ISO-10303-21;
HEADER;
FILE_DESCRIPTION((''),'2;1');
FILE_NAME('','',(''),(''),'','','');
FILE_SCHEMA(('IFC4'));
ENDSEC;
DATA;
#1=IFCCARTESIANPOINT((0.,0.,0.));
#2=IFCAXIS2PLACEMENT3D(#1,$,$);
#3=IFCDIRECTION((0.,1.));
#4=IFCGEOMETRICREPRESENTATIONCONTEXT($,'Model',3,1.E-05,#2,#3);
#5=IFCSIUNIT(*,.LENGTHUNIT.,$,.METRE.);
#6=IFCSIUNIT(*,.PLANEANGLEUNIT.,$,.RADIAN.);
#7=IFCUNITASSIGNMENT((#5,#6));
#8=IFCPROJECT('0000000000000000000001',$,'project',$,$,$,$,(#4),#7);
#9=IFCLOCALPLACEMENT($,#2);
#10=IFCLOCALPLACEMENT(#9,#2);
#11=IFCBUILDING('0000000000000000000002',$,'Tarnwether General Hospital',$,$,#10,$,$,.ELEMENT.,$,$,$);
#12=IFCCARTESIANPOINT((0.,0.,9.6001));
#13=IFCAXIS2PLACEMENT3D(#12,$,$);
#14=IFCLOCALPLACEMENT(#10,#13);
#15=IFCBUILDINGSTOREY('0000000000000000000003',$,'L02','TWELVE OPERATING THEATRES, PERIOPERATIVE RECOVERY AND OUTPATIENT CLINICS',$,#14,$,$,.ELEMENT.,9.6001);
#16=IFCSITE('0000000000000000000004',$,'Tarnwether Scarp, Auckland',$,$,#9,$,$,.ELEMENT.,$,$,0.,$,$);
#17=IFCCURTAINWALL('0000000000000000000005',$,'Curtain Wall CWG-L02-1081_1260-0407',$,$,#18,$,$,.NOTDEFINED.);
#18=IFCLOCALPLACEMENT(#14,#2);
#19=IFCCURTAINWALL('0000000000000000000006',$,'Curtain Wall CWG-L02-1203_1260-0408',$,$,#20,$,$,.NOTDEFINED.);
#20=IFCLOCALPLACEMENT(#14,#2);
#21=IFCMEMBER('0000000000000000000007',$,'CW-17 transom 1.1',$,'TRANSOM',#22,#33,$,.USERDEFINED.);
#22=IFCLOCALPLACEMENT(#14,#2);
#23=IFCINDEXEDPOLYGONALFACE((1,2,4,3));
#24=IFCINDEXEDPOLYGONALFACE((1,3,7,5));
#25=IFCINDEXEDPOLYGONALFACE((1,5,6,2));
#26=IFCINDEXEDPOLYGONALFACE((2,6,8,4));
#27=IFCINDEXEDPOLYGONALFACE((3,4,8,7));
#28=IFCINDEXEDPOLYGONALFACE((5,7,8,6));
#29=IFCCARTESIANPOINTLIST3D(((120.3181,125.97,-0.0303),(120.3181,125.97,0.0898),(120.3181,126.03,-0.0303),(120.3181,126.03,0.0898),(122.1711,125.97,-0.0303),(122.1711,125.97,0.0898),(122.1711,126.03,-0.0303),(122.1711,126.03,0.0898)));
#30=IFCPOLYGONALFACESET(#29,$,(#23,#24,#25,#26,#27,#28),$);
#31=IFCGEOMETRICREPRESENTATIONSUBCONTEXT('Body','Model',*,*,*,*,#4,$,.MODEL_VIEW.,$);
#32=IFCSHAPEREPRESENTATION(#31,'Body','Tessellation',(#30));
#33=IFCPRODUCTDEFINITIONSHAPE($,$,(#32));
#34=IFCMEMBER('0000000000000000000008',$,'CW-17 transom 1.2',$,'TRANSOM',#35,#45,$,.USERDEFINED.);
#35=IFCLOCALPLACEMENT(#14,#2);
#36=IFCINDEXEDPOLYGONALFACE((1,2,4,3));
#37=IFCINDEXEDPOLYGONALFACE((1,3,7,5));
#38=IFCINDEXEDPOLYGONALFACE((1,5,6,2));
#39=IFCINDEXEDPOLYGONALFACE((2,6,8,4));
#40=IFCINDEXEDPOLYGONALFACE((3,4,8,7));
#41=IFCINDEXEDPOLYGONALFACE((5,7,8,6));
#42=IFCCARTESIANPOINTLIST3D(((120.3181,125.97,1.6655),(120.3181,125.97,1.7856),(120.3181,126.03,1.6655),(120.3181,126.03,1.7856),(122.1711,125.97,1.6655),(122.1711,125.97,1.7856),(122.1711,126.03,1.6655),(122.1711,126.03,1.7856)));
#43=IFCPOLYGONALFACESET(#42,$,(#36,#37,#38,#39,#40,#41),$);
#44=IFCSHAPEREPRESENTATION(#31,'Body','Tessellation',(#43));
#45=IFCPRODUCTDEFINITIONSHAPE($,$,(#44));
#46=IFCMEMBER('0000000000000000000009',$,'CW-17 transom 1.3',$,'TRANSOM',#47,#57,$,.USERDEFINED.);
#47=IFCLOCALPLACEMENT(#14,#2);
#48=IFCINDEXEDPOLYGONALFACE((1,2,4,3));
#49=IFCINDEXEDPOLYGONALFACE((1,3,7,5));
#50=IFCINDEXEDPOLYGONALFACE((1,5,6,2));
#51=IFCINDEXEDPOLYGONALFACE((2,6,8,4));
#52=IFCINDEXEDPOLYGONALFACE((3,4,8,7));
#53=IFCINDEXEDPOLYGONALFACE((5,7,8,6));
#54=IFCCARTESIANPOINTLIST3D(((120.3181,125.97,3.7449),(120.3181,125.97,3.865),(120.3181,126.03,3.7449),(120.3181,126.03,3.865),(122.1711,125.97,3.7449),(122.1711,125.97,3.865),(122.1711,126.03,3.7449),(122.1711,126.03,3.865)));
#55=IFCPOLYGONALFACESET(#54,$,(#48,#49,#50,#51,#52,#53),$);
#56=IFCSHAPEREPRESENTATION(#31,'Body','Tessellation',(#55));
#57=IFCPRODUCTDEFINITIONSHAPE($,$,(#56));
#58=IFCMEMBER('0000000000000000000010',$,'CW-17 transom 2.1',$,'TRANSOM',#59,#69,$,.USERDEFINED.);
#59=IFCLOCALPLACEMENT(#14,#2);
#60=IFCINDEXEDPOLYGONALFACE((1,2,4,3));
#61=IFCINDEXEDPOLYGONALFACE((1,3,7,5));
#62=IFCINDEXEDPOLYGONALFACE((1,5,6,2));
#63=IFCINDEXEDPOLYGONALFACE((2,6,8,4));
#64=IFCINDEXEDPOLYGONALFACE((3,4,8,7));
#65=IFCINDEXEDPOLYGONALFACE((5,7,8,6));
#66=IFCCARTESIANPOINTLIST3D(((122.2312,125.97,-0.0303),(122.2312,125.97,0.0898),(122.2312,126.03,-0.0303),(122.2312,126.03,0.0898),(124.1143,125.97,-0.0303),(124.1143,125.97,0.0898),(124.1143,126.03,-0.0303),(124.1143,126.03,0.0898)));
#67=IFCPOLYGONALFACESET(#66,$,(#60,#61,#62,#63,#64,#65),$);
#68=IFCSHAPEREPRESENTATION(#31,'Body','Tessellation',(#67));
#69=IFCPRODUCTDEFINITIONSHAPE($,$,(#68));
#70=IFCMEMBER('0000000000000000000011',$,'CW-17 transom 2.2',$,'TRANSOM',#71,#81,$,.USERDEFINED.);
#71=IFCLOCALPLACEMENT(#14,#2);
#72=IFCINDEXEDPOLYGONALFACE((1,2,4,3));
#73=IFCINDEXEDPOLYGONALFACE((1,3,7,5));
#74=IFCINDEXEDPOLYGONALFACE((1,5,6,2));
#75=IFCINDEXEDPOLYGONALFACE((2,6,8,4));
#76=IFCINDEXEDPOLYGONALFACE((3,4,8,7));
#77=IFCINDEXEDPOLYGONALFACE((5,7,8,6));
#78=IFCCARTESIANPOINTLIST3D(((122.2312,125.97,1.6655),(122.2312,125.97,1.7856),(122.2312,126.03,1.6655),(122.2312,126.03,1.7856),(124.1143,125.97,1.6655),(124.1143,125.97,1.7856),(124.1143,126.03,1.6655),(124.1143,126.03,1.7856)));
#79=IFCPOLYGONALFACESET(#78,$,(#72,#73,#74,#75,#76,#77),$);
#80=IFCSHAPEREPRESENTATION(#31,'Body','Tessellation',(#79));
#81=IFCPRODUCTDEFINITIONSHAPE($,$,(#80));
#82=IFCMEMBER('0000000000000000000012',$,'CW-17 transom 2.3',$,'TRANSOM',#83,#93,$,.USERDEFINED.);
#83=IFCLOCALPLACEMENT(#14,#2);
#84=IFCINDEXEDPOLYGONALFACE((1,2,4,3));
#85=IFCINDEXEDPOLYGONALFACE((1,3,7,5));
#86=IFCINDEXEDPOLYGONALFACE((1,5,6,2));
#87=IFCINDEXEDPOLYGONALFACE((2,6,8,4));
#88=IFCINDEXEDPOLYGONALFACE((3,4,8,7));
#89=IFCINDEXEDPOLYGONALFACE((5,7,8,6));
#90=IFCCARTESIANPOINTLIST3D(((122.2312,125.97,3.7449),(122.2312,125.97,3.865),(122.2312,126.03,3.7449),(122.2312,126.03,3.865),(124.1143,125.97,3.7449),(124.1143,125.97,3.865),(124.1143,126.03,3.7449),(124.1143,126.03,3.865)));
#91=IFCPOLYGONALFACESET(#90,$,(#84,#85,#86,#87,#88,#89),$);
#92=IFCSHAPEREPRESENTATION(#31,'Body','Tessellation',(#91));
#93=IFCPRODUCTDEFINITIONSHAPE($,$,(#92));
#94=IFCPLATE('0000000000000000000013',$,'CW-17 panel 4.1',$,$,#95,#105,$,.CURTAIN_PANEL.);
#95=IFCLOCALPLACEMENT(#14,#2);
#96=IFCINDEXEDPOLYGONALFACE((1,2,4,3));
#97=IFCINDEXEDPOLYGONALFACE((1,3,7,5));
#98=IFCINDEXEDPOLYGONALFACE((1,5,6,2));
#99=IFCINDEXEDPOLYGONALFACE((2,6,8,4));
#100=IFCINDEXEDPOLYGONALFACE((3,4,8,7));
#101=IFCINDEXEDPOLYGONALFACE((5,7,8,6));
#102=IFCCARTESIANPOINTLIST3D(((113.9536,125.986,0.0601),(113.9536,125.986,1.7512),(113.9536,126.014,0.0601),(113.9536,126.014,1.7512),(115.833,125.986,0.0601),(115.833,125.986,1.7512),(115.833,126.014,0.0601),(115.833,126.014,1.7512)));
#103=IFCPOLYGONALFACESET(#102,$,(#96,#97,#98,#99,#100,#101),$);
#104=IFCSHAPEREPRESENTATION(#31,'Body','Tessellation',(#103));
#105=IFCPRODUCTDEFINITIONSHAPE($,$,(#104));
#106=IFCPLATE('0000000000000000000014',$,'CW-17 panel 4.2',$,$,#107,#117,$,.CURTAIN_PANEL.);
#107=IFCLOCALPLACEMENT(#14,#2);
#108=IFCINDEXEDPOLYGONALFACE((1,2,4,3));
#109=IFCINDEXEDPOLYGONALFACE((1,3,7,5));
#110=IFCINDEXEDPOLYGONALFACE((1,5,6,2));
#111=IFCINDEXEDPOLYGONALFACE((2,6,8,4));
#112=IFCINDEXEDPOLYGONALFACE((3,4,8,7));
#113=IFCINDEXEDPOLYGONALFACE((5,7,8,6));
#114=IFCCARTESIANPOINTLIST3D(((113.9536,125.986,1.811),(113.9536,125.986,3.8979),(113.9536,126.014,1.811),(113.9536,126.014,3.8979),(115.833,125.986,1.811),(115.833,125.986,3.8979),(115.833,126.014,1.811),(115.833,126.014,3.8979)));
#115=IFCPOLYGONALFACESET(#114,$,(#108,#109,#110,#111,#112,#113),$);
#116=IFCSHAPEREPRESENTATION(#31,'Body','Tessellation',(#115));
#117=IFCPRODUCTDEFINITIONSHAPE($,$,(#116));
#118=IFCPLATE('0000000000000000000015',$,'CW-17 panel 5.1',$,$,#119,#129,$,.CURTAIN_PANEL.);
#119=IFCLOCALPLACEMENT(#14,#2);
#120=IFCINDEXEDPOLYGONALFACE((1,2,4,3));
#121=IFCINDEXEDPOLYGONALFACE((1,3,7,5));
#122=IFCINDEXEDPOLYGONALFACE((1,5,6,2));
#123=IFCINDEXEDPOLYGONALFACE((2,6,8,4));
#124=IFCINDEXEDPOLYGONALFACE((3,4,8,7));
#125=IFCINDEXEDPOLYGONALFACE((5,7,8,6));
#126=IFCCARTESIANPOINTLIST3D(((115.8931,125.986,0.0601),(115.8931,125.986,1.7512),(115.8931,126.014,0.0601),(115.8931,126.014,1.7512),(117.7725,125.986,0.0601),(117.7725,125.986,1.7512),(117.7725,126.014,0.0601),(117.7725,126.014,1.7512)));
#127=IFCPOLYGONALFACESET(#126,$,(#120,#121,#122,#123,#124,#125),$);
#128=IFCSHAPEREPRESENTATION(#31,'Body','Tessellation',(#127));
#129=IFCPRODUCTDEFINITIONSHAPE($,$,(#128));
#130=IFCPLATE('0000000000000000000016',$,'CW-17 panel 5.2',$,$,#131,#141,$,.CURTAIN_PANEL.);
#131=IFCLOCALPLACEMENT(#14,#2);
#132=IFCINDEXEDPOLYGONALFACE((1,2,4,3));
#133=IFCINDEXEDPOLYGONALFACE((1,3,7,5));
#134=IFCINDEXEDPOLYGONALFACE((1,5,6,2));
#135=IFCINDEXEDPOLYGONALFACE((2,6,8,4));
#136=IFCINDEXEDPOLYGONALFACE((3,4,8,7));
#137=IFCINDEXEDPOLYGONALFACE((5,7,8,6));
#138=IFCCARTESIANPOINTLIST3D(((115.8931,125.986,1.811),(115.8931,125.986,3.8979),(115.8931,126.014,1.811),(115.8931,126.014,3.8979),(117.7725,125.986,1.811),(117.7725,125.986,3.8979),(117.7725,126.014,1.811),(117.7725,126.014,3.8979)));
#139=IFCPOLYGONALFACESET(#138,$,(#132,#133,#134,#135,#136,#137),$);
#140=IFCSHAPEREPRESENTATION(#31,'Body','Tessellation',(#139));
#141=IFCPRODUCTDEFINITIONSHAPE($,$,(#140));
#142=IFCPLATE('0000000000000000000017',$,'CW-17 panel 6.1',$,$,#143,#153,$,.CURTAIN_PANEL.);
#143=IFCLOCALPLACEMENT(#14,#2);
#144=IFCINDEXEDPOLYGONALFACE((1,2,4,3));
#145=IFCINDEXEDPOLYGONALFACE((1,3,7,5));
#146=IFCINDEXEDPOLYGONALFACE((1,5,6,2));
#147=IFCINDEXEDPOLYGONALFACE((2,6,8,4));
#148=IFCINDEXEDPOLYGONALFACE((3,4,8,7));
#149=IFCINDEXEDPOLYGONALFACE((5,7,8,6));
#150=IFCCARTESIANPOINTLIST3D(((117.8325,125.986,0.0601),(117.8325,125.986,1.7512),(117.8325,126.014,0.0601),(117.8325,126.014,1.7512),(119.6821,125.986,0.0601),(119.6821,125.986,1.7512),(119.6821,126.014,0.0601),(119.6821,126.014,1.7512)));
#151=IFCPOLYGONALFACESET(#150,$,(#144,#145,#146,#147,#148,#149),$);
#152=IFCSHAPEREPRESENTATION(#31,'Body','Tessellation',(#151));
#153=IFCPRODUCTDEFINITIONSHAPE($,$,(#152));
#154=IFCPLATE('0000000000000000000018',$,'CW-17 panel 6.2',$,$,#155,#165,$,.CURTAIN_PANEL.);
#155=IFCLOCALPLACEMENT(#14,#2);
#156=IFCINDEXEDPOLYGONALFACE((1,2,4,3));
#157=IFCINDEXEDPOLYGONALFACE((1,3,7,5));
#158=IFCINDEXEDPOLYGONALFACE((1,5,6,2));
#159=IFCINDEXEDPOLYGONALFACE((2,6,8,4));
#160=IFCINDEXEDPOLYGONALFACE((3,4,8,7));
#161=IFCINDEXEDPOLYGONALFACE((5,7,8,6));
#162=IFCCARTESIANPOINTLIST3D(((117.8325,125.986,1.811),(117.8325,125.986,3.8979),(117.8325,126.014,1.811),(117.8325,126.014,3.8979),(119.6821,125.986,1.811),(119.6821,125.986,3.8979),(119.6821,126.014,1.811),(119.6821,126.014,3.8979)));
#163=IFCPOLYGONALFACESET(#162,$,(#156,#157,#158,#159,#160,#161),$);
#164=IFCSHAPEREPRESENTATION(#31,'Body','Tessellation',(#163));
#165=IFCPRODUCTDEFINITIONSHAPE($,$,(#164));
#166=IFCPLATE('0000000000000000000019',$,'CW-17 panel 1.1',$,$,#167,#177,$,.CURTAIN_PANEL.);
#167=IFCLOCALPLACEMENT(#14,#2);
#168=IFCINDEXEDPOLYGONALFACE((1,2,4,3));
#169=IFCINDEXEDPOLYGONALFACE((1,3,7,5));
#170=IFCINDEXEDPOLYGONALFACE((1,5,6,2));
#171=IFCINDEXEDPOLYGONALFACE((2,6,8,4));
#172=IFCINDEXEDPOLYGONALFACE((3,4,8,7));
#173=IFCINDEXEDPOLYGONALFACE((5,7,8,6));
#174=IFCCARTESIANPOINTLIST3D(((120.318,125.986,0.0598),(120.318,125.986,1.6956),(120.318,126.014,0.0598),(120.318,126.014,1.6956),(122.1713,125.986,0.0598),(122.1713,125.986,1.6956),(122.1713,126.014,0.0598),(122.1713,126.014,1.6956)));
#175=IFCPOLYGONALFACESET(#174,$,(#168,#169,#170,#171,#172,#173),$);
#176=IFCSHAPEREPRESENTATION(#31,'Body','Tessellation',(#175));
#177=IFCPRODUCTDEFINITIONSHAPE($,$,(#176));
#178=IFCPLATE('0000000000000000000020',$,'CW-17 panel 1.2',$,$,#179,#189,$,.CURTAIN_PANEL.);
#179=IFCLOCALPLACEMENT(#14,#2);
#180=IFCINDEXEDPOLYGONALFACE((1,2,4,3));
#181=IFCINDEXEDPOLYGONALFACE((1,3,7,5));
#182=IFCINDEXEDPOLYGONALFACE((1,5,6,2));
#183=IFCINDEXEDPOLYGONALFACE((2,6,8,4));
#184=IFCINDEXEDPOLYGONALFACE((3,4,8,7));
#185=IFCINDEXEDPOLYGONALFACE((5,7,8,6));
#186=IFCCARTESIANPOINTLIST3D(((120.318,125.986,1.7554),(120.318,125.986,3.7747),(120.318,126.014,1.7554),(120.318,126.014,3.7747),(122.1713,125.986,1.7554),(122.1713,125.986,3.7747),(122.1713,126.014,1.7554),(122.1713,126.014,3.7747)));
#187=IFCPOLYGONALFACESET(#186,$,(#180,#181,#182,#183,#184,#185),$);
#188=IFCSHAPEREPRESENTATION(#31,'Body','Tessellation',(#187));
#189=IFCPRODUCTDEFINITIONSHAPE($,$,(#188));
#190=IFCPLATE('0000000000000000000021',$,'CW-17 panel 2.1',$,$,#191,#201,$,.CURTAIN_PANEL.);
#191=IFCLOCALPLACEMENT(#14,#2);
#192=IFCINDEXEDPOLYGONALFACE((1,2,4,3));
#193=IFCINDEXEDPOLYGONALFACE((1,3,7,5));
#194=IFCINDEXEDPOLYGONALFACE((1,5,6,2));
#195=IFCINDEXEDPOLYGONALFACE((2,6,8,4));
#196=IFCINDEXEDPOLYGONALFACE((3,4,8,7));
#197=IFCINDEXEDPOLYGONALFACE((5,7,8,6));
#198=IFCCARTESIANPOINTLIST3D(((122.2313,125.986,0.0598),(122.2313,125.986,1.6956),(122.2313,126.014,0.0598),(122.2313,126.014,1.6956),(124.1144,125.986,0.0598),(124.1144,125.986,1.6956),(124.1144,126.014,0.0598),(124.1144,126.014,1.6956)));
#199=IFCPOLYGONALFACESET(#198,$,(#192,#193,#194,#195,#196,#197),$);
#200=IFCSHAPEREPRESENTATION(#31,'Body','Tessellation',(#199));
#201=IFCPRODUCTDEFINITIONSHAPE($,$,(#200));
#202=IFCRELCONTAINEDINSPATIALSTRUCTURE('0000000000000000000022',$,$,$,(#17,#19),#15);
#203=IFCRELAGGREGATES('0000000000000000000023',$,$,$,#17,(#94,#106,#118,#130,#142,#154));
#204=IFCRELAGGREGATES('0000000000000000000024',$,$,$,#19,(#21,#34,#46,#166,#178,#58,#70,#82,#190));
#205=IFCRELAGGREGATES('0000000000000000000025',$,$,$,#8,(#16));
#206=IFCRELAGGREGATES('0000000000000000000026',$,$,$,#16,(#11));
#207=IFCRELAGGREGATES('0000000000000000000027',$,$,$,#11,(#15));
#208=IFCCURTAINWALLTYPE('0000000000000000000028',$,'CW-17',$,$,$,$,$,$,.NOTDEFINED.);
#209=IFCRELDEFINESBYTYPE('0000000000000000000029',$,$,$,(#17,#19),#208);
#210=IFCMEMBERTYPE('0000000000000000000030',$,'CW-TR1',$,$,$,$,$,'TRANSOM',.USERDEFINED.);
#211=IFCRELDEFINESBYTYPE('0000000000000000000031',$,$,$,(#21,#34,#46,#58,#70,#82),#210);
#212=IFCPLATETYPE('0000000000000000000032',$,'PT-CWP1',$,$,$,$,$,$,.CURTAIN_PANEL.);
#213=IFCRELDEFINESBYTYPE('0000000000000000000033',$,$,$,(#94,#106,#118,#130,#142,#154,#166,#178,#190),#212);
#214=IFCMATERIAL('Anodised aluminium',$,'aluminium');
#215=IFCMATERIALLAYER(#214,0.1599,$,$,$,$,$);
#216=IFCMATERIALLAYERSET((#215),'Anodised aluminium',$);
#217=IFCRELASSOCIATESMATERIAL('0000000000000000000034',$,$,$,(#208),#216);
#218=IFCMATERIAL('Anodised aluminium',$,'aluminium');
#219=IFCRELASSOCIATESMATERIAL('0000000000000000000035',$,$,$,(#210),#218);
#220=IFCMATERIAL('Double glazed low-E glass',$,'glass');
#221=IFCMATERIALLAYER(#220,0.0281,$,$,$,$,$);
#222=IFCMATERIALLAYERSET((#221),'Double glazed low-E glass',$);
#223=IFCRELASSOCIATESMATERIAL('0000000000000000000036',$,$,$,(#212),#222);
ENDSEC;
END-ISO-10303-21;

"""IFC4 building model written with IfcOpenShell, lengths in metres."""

from ifc_helpers import new_model, si_unit, direction, frame, origin, origin_2d, place, context, subcontext, project, spatial, rectangle, extrude, material, layer, layer_set, material_profile, profile_set, type_object, element, aggregate, save


model = new_model("IFC4")

# Units and contexts
model_context = context("Model", 3, precision=1e-05, world=origin(), true_north=direction((0.0, 1.0)))
body_context = subcontext(model_context, "Body", "Model", "MODEL_VIEW")
ifc_project = project(units=[si_unit("LENGTHUNIT", "METRE"), si_unit("PLANEANGLEUNIT", "RADIAN")], contexts=[model_context])

# Site, building, storey
site_placement = place(None, origin())
site = spatial("IfcSite", under=ifc_project, at=site_placement, Name="Tarnwether Scarp, Auckland", CompositionType="ELEMENT", RefElevation=0.0)
building_placement = place(site_placement, origin())
building = spatial("IfcBuilding", under=site, at=building_placement, Name="Tarnwether General Hospital", CompositionType="ELEMENT")
storey_placement = place(building_placement, frame((0.0, 0.0, 9.6001)))
storey = spatial("IfcBuildingStorey", under=building, at=storey_placement, Name="L02", Description="TWELVE OPERATING THEATRES, PERIOPERATIVE RECOVERY AND OUTPATIENT CLINICS", CompositionType="ELEMENT", Elevation=9.6001)

# Curtain walls
ifc_material_1 = material(Name="Anodised aluminium", Category="aluminium")
ifc_layer_1 = layer(ifc_material_1, 0.1599)
ifc_layer_set_1 = layer_set([ifc_layer_1], Name="Anodised aluminium")
curtain_wall_type = type_object("IfcCurtainWallType", Name="CW-17", PredefinedType="NOTDEFINED", material=ifc_layer_set_1)
curtain_wall_1_placement = place(storey_placement, origin())
curtain_wall_1 = element("IfcCurtainWall", 1, at=curtain_wall_1_placement, inside=storey, type_object=curtain_wall_type, Name="Curtain Wall CWG-L02-1081_1260-0407", PredefinedType="NOTDEFINED")
curtain_wall_2_placement = place(storey_placement, origin())
curtain_wall_2 = element("IfcCurtainWall", 2, at=curtain_wall_2_placement, inside=storey, type_object=curtain_wall_type, Name="Curtain Wall CWG-L02-1203_1260-0408", PredefinedType="NOTDEFINED")

# Members
ifc_material_2 = material(Name="Anodised aluminium", Category="aluminium")
ifc_material_profile_1 = material_profile(ifc_material_2, rectangle(XDim=0.0601, YDim=0.1201, at=origin_2d()), Name="ALU-TRN-60x120")
ifc_profile_set_1 = profile_set([ifc_material_profile_1], Name="Anodised aluminium")
member_type_1 = type_object("IfcMemberType", Name="CW-TR1", ElementType="TRANSOM", PredefinedType="USERDEFINED", material=ifc_profile_set_1)
member_1_placement = place(storey_placement, frame((120.3181, 126.0, 0.0298), z_axis=(1.0, 0.0, 0.0), x_axis=(0.0, 1.0, 0.0)))
member_1 = element("IfcMember", 3, at=member_1_placement, type_object=member_type_1, Name="CW-17 transom 1.1", ObjectType="TRANSOM", PredefinedType="USERDEFINED", context=body_context, shape_type="SweptSolid", body=[
    extrude(rectangle(XDim=0.0601, YDim=0.1201, at=origin_2d()), origin(), (0.0, 0.0, 1.0), 1.853),
])
member_2_placement = place(storey_placement, frame((120.3181, 126.0, 1.7256), z_axis=(1.0, 0.0, 0.0), x_axis=(0.0, 1.0, 0.0)))
member_2 = element("IfcMember", 4, at=member_2_placement, type_object=member_type_1, Name="CW-17 transom 1.2", ObjectType="TRANSOM", PredefinedType="USERDEFINED", context=body_context, shape_type="SweptSolid", body=[
    extrude(rectangle(XDim=0.0601, YDim=0.1201, at=origin_2d()), origin(), (0.0, 0.0, 1.0), 1.853),
])
member_3_placement = place(storey_placement, frame((120.3181, 126.0, 3.8049), z_axis=(1.0, 0.0, 0.0), x_axis=(0.0, 1.0, 0.0)))
member_3 = element("IfcMember", 5, at=member_3_placement, type_object=member_type_1, Name="CW-17 transom 1.3", ObjectType="TRANSOM", PredefinedType="USERDEFINED", context=body_context, shape_type="SweptSolid", body=[
    extrude(rectangle(XDim=0.0601, YDim=0.1201, at=origin_2d()), origin(), (0.0, 0.0, 1.0), 1.853),
])
member_4_placement = place(storey_placement, frame((122.2312, 126.0, 0.0298), z_axis=(1.0, 0.0, 0.0), x_axis=(0.0, 1.0, 0.0)))
member_4 = element("IfcMember", 6, at=member_4_placement, type_object=member_type_1, Name="CW-17 transom 2.1", ObjectType="TRANSOM", PredefinedType="USERDEFINED", context=body_context, shape_type="SweptSolid", body=[
    extrude(rectangle(XDim=0.0601, YDim=0.1201, at=origin_2d()), origin(), (0.0, 0.0, 1.0), 1.8831),
])
member_5_placement = place(storey_placement, frame((122.2312, 126.0, 1.7256), z_axis=(1.0, 0.0, 0.0), x_axis=(0.0, 1.0, 0.0)))
member_5 = element("IfcMember", 7, at=member_5_placement, type_object=member_type_1, Name="CW-17 transom 2.2", ObjectType="TRANSOM", PredefinedType="USERDEFINED", context=body_context, shape_type="SweptSolid", body=[
    extrude(rectangle(XDim=0.0601, YDim=0.1201, at=origin_2d()), origin(), (0.0, 0.0, 1.0), 1.8831),
])
member_6_placement = place(storey_placement, frame((122.2312, 126.0, 3.8049), z_axis=(1.0, 0.0, 0.0), x_axis=(0.0, 1.0, 0.0)))
member_6 = element("IfcMember", 8, at=member_6_placement, type_object=member_type_1, Name="CW-17 transom 2.3", ObjectType="TRANSOM", PredefinedType="USERDEFINED", context=body_context, shape_type="SweptSolid", body=[
    extrude(rectangle(XDim=0.0601, YDim=0.1201, at=origin_2d()), origin(), (0.0, 0.0, 1.0), 1.8831),
])

# Plates
ifc_material_3 = material(Name="Double glazed low-E glass", Category="glass")
ifc_layer_2 = layer(ifc_material_3, 0.0281)
ifc_layer_set_2 = layer_set([ifc_layer_2], Name="Double glazed low-E glass")
plate_type = type_object("IfcPlateType", Name="PT-CWP1", PredefinedType="CURTAIN_PANEL", material=ifc_layer_set_2)
plate_1_placement = place(storey_placement, frame((114.8933, 126.0, 0.0601), z_axis=(0.0, 0.0, 1.0), x_axis=(1.0, 0.0, 0.0)))
plate_1 = element("IfcPlate", 9, at=plate_1_placement, type_object=plate_type, Name="CW-17 panel 4.1", PredefinedType="CURTAIN_PANEL", context=body_context, shape_type="SweptSolid", body=[
    extrude(rectangle(XDim=1.8794, YDim=0.0281, at=origin_2d()), origin(), (0.0, 0.0, 1.0), 1.6912),
])
plate_2_placement = place(storey_placement, frame((114.8933, 126.0, 1.811), z_axis=(0.0, 0.0, 1.0), x_axis=(1.0, 0.0, 0.0)))
plate_2 = element("IfcPlate", 10, at=plate_2_placement, type_object=plate_type, Name="CW-17 panel 4.2", PredefinedType="CURTAIN_PANEL", context=body_context, shape_type="SweptSolid", body=[
    extrude(rectangle(XDim=1.8794, YDim=0.0281, at=origin_2d()), origin(), (0.0, 0.0, 1.0), 2.0869),
])
plate_3_placement = place(storey_placement, frame((116.8328, 126.0, 0.0601), z_axis=(0.0, 0.0, 1.0), x_axis=(1.0, 0.0, 0.0)))
plate_3 = element("IfcPlate", 11, at=plate_3_placement, type_object=plate_type, Name="CW-17 panel 5.1", PredefinedType="CURTAIN_PANEL", context=body_context, shape_type="SweptSolid", body=[
    extrude(rectangle(XDim=1.8794, YDim=0.0281, at=origin_2d()), origin(), (0.0, 0.0, 1.0), 1.6912),
])
plate_4_placement = place(storey_placement, frame((116.8328, 126.0, 1.811), z_axis=(0.0, 0.0, 1.0), x_axis=(1.0, 0.0, 0.0)))
plate_4 = element("IfcPlate", 12, at=plate_4_placement, type_object=plate_type, Name="CW-17 panel 5.2", PredefinedType="CURTAIN_PANEL", context=body_context, shape_type="SweptSolid", body=[
    extrude(rectangle(XDim=1.8794, YDim=0.0281, at=origin_2d()), origin(), (0.0, 0.0, 1.0), 2.0869),
])
plate_5_placement = place(storey_placement, frame((118.7573, 126.0, 0.0601), z_axis=(0.0, 0.0, 1.0), x_axis=(1.0, 0.0, 0.0)))
plate_5 = element("IfcPlate", 13, at=plate_5_placement, type_object=plate_type, Name="CW-17 panel 6.1", PredefinedType="CURTAIN_PANEL", context=body_context, shape_type="SweptSolid", body=[
    extrude(rectangle(XDim=1.8496, YDim=0.0281, at=origin_2d()), origin(), (0.0, 0.0, 1.0), 1.6912),
])
plate_6_placement = place(storey_placement, frame((118.7573, 126.0, 1.811), z_axis=(0.0, 0.0, 1.0), x_axis=(1.0, 0.0, 0.0)))
plate_6 = element("IfcPlate", 14, at=plate_6_placement, type_object=plate_type, Name="CW-17 panel 6.2", PredefinedType="CURTAIN_PANEL", context=body_context, shape_type="SweptSolid", body=[
    extrude(rectangle(XDim=1.8496, YDim=0.0281, at=origin_2d()), origin(), (0.0, 0.0, 1.0), 2.0869),
])
aggregate(curtain_wall_1, [plate_1, plate_2, plate_3, plate_4, plate_5, plate_6])
plate_7_placement = place(storey_placement, frame((121.2446, 126.0, 0.0598), z_axis=(0.0, 0.0, 1.0), x_axis=(1.0, 0.0, 0.0)))
plate_7 = element("IfcPlate", 15, at=plate_7_placement, type_object=plate_type, Name="CW-17 panel 1.1", PredefinedType="CURTAIN_PANEL", context=body_context, shape_type="SweptSolid", body=[
    extrude(rectangle(XDim=1.8533, YDim=0.0281, at=origin_2d()), origin(), (0.0, 0.0, 1.0), 1.6357),
])
plate_8_placement = place(storey_placement, frame((121.2446, 126.0, 1.7554), z_axis=(0.0, 0.0, 1.0), x_axis=(1.0, 0.0, 0.0)))
plate_8 = element("IfcPlate", 16, at=plate_8_placement, type_object=plate_type, Name="CW-17 panel 1.2", PredefinedType="CURTAIN_PANEL", context=body_context, shape_type="SweptSolid", body=[
    extrude(rectangle(XDim=1.8533, YDim=0.0281, at=origin_2d()), origin(), (0.0, 0.0, 1.0), 2.0193),
])
plate_9_placement = place(storey_placement, frame((123.1729, 126.0, 0.0598), z_axis=(0.0, 0.0, 1.0), x_axis=(1.0, 0.0, 0.0)))
plate_9 = element("IfcPlate", 17, at=plate_9_placement, type_object=plate_type, Name="CW-17 panel 2.1", PredefinedType="CURTAIN_PANEL", context=body_context, shape_type="SweptSolid", body=[
    extrude(rectangle(XDim=1.8831, YDim=0.0281, at=origin_2d()), origin(), (0.0, 0.0, 1.0), 1.6357),
])
aggregate(curtain_wall_2, [member_1, member_2, member_3, plate_7, plate_8, member_4, member_5, member_6, plate_9])

save(model, "model.ifc")
